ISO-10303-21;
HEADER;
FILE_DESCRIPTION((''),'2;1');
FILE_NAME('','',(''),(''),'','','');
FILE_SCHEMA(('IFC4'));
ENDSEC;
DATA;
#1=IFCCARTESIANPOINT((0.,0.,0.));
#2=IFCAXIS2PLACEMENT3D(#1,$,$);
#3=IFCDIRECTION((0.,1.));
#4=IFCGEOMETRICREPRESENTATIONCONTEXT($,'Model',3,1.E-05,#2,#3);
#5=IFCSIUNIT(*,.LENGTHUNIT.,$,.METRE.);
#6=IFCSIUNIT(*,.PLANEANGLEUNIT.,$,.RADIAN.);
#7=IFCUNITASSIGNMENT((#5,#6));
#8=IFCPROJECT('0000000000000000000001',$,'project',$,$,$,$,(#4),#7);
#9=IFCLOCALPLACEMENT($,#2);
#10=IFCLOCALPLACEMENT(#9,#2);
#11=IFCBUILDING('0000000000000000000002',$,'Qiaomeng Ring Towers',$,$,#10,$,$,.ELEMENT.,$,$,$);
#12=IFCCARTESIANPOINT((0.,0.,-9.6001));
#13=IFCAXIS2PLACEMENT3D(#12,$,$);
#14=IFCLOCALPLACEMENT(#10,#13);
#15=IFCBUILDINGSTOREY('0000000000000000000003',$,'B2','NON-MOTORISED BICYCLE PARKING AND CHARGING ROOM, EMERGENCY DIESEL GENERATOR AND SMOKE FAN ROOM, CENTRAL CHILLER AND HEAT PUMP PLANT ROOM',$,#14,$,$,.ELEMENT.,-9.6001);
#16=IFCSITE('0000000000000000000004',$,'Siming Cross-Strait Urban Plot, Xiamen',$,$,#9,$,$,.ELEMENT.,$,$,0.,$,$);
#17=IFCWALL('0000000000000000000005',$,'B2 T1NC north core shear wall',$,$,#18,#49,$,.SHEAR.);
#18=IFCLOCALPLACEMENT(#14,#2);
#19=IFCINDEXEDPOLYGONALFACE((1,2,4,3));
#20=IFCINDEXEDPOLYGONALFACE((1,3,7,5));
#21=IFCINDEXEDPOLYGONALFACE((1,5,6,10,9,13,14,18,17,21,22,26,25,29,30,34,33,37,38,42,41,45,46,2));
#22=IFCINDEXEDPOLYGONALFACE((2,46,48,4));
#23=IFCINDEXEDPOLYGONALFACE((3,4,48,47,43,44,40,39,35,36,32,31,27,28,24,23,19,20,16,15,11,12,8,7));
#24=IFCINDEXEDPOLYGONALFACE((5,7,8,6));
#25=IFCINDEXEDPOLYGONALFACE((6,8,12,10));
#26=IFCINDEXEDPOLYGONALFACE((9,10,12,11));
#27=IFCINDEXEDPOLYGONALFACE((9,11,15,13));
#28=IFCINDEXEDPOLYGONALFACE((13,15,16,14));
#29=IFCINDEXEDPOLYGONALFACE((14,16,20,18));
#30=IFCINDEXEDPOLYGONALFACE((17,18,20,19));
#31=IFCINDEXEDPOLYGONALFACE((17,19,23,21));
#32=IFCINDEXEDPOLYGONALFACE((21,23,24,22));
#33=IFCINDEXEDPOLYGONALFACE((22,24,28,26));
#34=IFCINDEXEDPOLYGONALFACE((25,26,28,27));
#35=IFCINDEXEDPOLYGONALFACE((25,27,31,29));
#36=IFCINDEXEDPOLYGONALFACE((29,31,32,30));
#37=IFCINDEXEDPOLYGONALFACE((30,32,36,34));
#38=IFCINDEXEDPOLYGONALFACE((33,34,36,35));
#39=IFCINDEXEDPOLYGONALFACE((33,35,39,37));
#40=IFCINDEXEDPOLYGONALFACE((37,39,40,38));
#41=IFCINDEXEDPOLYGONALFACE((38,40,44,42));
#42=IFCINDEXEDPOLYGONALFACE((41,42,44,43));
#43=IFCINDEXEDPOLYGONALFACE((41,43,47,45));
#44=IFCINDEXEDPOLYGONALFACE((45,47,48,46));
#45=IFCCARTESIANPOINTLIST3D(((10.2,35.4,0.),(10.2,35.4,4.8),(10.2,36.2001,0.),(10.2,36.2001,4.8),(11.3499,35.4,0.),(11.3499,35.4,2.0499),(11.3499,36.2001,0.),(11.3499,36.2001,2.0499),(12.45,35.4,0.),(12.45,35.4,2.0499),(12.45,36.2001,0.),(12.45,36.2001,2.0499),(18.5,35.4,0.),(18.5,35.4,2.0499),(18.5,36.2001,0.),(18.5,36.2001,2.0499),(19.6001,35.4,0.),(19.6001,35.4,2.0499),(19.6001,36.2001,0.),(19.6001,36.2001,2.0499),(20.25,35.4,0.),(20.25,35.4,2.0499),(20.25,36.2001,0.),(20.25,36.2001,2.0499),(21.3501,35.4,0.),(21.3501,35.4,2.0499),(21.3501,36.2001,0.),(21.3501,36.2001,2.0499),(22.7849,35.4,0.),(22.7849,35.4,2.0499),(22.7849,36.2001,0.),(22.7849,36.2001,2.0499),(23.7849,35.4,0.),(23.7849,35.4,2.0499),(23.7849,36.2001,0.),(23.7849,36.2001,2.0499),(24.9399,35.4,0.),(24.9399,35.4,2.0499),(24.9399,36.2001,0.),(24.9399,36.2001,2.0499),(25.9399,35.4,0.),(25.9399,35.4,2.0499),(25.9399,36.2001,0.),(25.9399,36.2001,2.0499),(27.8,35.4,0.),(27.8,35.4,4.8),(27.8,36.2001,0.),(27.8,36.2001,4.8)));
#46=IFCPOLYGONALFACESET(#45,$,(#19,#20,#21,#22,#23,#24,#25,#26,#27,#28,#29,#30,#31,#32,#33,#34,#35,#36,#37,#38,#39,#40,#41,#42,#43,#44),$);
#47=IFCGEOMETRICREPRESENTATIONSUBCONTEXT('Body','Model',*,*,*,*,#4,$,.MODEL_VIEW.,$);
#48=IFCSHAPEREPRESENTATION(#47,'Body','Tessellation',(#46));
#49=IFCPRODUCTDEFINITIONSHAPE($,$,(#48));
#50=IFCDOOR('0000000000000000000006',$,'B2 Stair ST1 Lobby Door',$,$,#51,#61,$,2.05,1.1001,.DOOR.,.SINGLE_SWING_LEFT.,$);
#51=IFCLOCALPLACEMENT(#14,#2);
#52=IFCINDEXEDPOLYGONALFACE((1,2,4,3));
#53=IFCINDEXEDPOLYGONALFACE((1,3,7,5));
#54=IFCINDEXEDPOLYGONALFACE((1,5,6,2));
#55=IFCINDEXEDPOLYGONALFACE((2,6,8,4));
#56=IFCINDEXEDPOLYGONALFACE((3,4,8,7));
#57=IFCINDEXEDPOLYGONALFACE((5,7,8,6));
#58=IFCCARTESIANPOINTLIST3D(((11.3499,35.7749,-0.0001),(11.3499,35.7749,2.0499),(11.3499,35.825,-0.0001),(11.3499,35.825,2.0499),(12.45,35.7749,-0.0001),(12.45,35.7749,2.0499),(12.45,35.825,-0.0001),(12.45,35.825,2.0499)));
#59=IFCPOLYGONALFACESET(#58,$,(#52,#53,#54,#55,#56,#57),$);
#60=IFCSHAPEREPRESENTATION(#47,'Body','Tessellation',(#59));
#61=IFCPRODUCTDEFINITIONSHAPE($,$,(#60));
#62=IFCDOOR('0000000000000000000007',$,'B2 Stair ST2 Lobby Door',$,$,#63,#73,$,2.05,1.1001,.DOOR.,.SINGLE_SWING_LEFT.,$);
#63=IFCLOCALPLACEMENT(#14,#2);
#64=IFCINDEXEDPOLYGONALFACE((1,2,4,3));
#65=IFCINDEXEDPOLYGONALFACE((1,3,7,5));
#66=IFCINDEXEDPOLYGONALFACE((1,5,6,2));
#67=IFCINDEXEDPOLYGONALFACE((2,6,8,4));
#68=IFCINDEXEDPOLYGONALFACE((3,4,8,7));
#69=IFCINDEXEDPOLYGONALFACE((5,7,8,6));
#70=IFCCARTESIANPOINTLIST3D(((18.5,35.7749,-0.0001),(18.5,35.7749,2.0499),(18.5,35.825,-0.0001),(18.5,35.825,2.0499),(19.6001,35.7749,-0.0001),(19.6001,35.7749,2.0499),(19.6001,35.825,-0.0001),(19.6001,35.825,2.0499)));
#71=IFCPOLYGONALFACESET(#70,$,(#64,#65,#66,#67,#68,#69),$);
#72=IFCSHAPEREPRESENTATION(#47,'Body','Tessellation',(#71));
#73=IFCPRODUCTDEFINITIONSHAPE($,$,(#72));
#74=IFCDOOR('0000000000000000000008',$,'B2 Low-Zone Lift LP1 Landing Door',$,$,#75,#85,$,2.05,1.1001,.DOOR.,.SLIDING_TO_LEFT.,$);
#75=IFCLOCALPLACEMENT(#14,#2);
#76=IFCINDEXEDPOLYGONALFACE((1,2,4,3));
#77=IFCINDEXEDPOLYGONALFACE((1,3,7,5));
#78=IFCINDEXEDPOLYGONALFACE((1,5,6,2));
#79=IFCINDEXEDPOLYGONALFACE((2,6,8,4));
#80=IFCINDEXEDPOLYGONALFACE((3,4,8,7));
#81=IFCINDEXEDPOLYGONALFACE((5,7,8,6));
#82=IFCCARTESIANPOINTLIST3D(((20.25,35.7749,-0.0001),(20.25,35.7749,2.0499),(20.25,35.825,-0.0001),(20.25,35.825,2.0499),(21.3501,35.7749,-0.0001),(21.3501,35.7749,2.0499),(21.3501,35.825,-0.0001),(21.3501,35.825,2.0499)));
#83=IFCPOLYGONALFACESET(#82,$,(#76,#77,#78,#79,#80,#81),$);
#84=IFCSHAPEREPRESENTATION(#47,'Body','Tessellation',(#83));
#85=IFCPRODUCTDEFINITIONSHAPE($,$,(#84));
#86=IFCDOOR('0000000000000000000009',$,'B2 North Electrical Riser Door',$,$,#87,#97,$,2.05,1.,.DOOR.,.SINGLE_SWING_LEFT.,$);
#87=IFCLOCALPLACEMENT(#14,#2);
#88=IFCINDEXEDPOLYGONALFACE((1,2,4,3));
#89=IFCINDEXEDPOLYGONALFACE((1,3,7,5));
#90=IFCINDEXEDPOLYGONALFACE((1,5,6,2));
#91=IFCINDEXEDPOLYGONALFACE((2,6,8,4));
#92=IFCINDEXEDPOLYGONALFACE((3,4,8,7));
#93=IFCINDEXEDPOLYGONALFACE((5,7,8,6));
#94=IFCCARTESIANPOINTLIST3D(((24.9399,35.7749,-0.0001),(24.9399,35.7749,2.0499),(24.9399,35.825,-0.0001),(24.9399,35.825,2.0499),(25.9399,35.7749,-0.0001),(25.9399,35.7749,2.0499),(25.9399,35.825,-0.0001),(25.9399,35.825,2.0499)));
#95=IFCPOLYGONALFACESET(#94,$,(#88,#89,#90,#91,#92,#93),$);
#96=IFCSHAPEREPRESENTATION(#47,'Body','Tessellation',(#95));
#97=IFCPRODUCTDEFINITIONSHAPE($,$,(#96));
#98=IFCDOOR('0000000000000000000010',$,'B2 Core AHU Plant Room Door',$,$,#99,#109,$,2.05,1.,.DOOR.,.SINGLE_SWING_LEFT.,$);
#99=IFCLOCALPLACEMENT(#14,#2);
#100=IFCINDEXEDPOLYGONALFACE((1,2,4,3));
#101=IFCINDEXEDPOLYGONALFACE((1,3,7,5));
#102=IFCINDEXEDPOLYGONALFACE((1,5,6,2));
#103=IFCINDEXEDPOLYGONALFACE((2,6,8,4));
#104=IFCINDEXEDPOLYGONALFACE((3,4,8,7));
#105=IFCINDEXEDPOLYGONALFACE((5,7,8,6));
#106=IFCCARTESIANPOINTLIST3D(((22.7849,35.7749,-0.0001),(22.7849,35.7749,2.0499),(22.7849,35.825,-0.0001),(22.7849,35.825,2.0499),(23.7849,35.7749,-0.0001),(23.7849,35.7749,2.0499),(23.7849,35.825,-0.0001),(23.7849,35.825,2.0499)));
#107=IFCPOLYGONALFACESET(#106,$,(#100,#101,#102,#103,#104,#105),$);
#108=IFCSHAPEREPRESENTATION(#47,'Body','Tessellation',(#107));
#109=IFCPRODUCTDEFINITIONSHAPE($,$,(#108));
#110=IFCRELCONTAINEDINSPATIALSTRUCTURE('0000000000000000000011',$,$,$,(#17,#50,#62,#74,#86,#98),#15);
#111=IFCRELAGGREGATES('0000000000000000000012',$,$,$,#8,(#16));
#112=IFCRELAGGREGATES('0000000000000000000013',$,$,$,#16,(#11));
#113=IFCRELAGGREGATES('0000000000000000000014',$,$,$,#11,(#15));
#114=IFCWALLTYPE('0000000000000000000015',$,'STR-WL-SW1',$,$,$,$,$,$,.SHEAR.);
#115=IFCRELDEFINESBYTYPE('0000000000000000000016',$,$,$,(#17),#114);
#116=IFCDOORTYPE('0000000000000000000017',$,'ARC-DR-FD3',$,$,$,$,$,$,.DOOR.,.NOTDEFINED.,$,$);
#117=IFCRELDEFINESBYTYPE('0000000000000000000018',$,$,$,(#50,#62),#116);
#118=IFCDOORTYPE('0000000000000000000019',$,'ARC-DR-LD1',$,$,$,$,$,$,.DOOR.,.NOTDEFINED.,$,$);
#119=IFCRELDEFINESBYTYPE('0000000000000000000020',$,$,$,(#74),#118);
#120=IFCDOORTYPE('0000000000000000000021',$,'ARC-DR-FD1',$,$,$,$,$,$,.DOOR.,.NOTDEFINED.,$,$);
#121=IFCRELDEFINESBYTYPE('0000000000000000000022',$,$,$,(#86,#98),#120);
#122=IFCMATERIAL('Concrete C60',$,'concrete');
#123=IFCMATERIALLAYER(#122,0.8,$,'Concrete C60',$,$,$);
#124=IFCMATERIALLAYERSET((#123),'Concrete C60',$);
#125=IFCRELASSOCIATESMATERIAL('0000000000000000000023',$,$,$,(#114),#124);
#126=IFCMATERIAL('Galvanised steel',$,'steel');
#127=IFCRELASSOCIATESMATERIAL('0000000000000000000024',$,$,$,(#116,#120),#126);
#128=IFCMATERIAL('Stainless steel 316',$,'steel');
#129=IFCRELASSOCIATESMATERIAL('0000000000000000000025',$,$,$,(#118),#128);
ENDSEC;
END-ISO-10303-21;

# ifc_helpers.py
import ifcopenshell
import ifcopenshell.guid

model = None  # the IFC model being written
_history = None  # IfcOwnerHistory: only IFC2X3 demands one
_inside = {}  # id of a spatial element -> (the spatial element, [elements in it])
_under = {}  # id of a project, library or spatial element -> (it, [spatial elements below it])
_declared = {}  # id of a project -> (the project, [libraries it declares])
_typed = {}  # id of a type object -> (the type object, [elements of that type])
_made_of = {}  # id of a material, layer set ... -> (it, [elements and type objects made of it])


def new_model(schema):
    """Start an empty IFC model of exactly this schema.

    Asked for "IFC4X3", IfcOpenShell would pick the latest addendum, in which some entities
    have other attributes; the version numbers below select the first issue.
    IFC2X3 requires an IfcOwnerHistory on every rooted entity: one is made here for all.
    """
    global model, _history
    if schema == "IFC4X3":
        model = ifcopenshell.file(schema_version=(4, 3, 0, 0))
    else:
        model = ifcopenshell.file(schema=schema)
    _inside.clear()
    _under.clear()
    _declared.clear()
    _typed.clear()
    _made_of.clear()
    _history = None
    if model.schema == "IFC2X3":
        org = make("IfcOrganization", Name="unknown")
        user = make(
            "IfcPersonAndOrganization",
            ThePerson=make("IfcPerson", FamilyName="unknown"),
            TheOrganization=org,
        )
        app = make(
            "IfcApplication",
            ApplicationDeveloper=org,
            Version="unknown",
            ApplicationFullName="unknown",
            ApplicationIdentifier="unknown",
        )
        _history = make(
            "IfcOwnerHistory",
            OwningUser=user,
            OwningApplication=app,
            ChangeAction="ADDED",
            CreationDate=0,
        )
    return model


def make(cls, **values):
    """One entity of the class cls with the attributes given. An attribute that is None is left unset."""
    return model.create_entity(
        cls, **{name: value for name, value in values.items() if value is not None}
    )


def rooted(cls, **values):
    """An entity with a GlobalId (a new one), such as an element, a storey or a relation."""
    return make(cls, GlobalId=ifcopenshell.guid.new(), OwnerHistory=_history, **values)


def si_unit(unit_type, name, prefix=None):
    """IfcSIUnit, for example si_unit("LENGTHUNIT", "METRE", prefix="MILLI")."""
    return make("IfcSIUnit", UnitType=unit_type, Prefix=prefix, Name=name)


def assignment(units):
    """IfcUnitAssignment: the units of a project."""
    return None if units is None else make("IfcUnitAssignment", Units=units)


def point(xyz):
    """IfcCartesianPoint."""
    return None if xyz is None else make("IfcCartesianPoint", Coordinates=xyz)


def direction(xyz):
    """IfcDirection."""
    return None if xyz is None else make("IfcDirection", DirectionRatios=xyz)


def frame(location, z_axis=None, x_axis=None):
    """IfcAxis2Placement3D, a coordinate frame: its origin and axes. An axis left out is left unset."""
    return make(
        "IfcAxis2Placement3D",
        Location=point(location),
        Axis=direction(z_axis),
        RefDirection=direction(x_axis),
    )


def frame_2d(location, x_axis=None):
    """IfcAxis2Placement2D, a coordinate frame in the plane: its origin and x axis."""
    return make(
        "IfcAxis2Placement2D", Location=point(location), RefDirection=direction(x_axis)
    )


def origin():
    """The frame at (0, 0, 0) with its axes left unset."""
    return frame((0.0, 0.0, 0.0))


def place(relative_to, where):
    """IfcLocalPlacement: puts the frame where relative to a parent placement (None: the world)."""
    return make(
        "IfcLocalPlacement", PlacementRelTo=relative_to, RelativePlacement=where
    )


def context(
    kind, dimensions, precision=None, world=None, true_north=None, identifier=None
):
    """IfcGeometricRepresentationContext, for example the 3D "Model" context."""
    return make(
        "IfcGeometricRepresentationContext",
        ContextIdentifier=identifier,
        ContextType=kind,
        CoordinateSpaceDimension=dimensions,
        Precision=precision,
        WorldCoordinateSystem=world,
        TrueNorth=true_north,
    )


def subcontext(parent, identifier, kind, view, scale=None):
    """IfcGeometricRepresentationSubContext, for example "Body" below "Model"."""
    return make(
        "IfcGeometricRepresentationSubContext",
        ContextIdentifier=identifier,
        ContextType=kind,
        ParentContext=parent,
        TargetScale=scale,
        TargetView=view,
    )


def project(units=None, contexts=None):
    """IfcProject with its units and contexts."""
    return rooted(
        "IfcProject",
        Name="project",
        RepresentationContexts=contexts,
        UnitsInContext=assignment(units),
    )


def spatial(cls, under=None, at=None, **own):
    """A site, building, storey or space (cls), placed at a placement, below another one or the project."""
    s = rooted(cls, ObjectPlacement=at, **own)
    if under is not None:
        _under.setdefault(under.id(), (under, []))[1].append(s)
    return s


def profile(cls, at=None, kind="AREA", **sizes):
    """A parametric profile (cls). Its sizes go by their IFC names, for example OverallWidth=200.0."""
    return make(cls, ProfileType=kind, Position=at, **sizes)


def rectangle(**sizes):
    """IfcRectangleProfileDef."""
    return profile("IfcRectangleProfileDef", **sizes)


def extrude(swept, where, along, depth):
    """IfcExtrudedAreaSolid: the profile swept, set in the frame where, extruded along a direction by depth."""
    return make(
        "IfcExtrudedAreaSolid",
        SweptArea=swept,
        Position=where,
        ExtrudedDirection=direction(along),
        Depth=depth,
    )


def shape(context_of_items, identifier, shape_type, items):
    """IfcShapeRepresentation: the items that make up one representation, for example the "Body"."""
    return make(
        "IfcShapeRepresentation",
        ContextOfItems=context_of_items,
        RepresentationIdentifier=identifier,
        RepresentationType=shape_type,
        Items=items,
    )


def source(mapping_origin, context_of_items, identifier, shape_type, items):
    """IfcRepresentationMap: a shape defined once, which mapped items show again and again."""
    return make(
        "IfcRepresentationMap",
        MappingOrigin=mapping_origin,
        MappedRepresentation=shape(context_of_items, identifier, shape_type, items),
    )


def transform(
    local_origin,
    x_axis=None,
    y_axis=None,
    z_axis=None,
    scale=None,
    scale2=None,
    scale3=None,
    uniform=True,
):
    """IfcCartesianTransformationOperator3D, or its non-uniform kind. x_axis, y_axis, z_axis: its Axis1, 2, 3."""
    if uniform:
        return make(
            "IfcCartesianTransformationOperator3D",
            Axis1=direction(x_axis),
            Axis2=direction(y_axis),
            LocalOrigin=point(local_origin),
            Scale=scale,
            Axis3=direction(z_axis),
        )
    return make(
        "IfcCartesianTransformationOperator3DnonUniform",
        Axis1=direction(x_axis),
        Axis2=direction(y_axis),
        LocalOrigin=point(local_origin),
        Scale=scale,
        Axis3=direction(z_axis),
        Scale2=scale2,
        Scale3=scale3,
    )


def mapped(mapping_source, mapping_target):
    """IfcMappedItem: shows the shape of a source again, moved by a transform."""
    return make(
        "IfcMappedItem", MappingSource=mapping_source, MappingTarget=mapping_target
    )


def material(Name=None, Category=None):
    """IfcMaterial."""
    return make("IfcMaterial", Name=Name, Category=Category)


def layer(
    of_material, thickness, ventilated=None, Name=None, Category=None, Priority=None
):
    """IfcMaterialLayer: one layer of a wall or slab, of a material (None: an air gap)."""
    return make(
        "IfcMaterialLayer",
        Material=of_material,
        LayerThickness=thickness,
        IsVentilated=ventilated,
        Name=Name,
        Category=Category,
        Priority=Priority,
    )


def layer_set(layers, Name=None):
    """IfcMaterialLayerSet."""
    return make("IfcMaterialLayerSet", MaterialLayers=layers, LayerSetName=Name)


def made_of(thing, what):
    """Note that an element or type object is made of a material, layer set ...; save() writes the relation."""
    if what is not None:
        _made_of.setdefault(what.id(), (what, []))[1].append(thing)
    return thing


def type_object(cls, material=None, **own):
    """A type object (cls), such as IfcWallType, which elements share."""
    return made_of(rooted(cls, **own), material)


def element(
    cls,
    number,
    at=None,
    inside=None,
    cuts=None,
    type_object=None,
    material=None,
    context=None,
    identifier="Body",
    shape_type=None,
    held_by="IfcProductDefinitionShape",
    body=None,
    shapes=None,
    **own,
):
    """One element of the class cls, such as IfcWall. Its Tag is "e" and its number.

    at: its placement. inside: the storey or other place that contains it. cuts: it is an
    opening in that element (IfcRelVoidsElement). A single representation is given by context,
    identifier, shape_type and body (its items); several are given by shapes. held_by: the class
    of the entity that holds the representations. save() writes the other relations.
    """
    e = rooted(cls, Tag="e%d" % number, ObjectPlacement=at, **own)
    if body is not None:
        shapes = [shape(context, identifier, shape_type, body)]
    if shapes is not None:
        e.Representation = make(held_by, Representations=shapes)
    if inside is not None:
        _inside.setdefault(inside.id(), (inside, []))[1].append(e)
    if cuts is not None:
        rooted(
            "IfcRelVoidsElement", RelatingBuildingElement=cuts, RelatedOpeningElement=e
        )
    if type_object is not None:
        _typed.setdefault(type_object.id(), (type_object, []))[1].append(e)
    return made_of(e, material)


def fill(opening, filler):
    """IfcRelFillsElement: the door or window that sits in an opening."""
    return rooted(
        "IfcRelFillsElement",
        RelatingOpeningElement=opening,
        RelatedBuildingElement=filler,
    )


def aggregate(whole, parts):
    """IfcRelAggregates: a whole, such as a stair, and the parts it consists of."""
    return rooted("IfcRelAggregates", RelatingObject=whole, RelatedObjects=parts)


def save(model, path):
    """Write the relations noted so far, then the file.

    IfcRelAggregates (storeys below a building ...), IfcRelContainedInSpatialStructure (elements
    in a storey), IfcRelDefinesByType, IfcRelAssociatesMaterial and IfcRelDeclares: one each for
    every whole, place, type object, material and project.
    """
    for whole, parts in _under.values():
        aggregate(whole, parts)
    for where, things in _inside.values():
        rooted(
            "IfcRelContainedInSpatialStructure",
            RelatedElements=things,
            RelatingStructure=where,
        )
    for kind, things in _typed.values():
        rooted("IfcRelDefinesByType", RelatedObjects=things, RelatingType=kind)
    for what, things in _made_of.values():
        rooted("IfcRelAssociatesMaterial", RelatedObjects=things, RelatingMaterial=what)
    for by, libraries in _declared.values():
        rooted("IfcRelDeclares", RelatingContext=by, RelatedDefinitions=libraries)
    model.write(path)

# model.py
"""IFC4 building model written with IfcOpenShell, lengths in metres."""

from ifc_helpers import new_model, si_unit, direction, frame, frame_2d, origin, place, context, subcontext, project, spatial, rectangle, extrude, source, transform, mapped, material, layer, layer_set, type_object, element, fill, save


model = new_model("IFC4")

# Units and contexts
model_context = context("Model", 3, precision=1e-05, world=origin(), true_north=direction((0.0, 1.0)))
body_context = subcontext(model_context, "Body", "Model", "MODEL_VIEW")
ifc_project = project(units=[si_unit("LENGTHUNIT", "METRE"), si_unit("PLANEANGLEUNIT", "RADIAN")], contexts=[model_context])

# Site, building, storey
site_placement = place(None, origin())
site = spatial("IfcSite", under=ifc_project, at=site_placement, Name="Siming Cross-Strait Urban Plot, Xiamen", CompositionType="ELEMENT", RefElevation=0.0)
building_placement = place(site_placement, origin())
building = spatial("IfcBuilding", under=site, at=building_placement, Name="Qiaomeng Ring Towers", CompositionType="ELEMENT")
storey_placement = place(building_placement, frame((0.0, 0.0, -9.6001)))
storey = spatial("IfcBuildingStorey", under=building, at=storey_placement, Name="B2", Description="NON-MOTORISED BICYCLE PARKING AND CHARGING ROOM, EMERGENCY DIESEL GENERATOR AND SMOKE FAN ROOM, CENTRAL CHILLER AND HEAT PUMP PLANT ROOM", CompositionType="ELEMENT", Elevation=-9.6001)

# Shared definitions
ifc_material_1 = material(Name="Concrete C60", Category="concrete")

# Shared definitions
ifc_material_2 = material(Name="Galvanised steel", Category="steel")

# Wall, openings, doors
ifc_layer_1 = layer(ifc_material_1, 0.8, Name="Concrete C60")
ifc_layer_set_1 = layer_set([ifc_layer_1], Name="Concrete C60")
wall_type_1 = type_object("IfcWallType", Name="STR-WL-SW1", PredefinedType="SHEAR", material=ifc_layer_set_1)
wall_1_placement = place(storey_placement, frame((10.2, 35.8, 0.0), z_axis=(0.0, 0.0, 1.0), x_axis=(1.0, 0.0, 0.0)))
wall_1 = element("IfcWall", 1, at=wall_1_placement, inside=storey, type_object=wall_type_1, Name="B2 T1NC north core shear wall", PredefinedType="SHEAR", context=body_context, shape_type="SweptSolid", body=[
    extrude(rectangle(XDim=17.6001, YDim=0.8, at=frame_2d((8.8, 0.0))), origin(), (0.0, 0.0, 1.0), 4.8),
])
opening_1_placement = place(wall_1_placement, frame((1.1499, 0.0, 0.0)))
opening_1 = element("IfcOpeningElement", 2, at=opening_1_placement, cuts=wall_1, PredefinedType="OPENING", context=body_context, shape_type="SweptSolid", body=[
    extrude(rectangle(XDim=1.1001, YDim=2.05, at=frame_2d((0.55, 1.0249))), frame((0.0, 0.4099, 0.0), z_axis=(0.0, -1.0, 0.0), x_axis=(1.0, 0.0, 0.0)), (0.0, 0.0, 1.0), 0.8201),
])
opening_2_placement = place(wall_1_placement, frame((8.3, 0.0, 0.0)))
opening_2 = element("IfcOpeningElement", 3, at=opening_2_placement, cuts=wall_1, PredefinedType="OPENING", context=body_context, shape_type="SweptSolid", body=[
    extrude(rectangle(XDim=1.1001, YDim=2.05, at=frame_2d((0.55, 1.0249))), frame((0.0, 0.4099, 0.0), z_axis=(0.0, -1.0, 0.0), x_axis=(1.0, 0.0, 0.0)), (0.0, 0.0, 1.0), 0.8201),
])
opening_3_placement = place(wall_1_placement, frame((10.05, 0.0, 0.0)))
opening_3 = element("IfcOpeningElement", 4, at=opening_3_placement, cuts=wall_1, PredefinedType="OPENING", context=body_context, shape_type="SweptSolid", body=[
    extrude(rectangle(XDim=1.1001, YDim=2.05, at=frame_2d((0.55, 1.0249))), frame((0.0, 0.4099, 0.0), z_axis=(0.0, -1.0, 0.0), x_axis=(1.0, 0.0, 0.0)), (0.0, 0.0, 1.0), 0.8201),
])
opening_4_placement = place(wall_1_placement, frame((14.74, 0.0, 0.0)))
opening_4 = element("IfcOpeningElement", 5, at=opening_4_placement, cuts=wall_1, PredefinedType="OPENING", context=body_context, shape_type="SweptSolid", body=[
    extrude(rectangle(XDim=1.0, YDim=2.05, at=frame_2d((0.5, 1.0249))), frame((0.0, 0.4099, 0.0), z_axis=(0.0, -1.0, 0.0), x_axis=(1.0, 0.0, 0.0)), (0.0, 0.0, 1.0), 0.8201),
])
opening_5_placement = place(wall_1_placement, frame((12.585, 0.0, 0.0)))
opening_5 = element("IfcOpeningElement", 6, at=opening_5_placement, cuts=wall_1, PredefinedType="OPENING", context=body_context, shape_type="SweptSolid", body=[
    extrude(rectangle(XDim=1.0, YDim=2.05, at=frame_2d((0.5, 1.0249))), frame((0.0, 0.4099, 0.0), z_axis=(0.0, -1.0, 0.0), x_axis=(1.0, 0.0, 0.0)), (0.0, 0.0, 1.0), 0.8201),
])
door_type_1 = type_object("IfcDoorType", Name="ARC-DR-FD3", OperationType="NOTDEFINED", PredefinedType="DOOR", material=ifc_material_2)
shared_shape_1 = source(origin(), body_context, "Body", "SweptSolid", [
    extrude(rectangle(XDim=1.1001, YDim=2.05, at=frame_2d((0.55, 1.0249))), frame((0.0, 0.0249, 0.0), z_axis=(0.0, -1.0, 0.0), x_axis=(1.0, 0.0, 0.0)), (0.0, 0.0, 1.0), 0.05),
])
door_1_placement = place(opening_1_placement, origin())
door_1 = element("IfcDoor", 7, at=door_1_placement, inside=storey, type_object=door_type_1, Name="B2 Stair ST1 Lobby Door", OperationType="SINGLE_SWING_LEFT", OverallHeight=2.05, OverallWidth=1.1001, PredefinedType="DOOR", context=body_context, shape_type="MappedRepresentation", body=[
    mapped(shared_shape_1, transform((0.0, 0.0, 0.0), x_axis=(1.0, 0.0, 0.0), y_axis=(0.0, 1.0, 0.0), z_axis=(0.0, 0.0, 1.0), scale=1.0)),
])
fill(opening_1, door_1)
door_2_placement = place(opening_2_placement, origin())
door_2 = element("IfcDoor", 8, at=door_2_placement, inside=storey, type_object=door_type_1, Name="B2 Stair ST2 Lobby Door", OperationType="SINGLE_SWING_LEFT", OverallHeight=2.05, OverallWidth=1.1001, PredefinedType="DOOR", context=body_context, shape_type="MappedRepresentation", body=[
    mapped(shared_shape_1, transform((0.0, 0.0, 0.0), x_axis=(1.0, 0.0, 0.0), y_axis=(0.0, 1.0, 0.0), z_axis=(0.0, 0.0, 1.0), scale=1.0)),
])
fill(opening_2, door_2)
ifc_material_3 = material(Name="Stainless steel 316", Category="steel")
door_type_2 = type_object("IfcDoorType", Name="ARC-DR-LD1", OperationType="NOTDEFINED", PredefinedType="DOOR", material=ifc_material_3)
door_3_placement = place(opening_3_placement, origin())
door_3 = element("IfcDoor", 9, at=door_3_placement, inside=storey, type_object=door_type_2, Name="B2 Low-Zone Lift LP1 Landing Door", OperationType="SLIDING_TO_LEFT", OverallHeight=2.05, OverallWidth=1.1001, PredefinedType="DOOR", context=body_context, shape_type="MappedRepresentation", body=[
    mapped(shared_shape_1, transform((0.0, 0.0, 0.0), x_axis=(1.0, 0.0, 0.0), y_axis=(0.0, 1.0, 0.0), z_axis=(0.0, 0.0, 1.0), scale=1.0)),
])
fill(opening_3, door_3)
door_type_3 = type_object("IfcDoorType", Name="ARC-DR-FD1", OperationType="NOTDEFINED", PredefinedType="DOOR", material=ifc_material_2)
shared_shape_2 = source(origin(), body_context, "Body", "SweptSolid", [
    extrude(rectangle(XDim=1.0, YDim=2.05, at=frame_2d((0.5, 1.0249))), frame((0.0, 0.0249, 0.0), z_axis=(0.0, -1.0, 0.0), x_axis=(1.0, 0.0, 0.0)), (0.0, 0.0, 1.0), 0.05),
])
door_4_placement = place(opening_4_placement, origin())
door_4 = element("IfcDoor", 10, at=door_4_placement, inside=storey, type_object=door_type_3, Name="B2 North Electrical Riser Door", OperationType="SINGLE_SWING_LEFT", OverallHeight=2.05, OverallWidth=1.0, PredefinedType="DOOR", context=body_context, shape_type="MappedRepresentation", body=[
    mapped(shared_shape_2, transform((0.0, 0.0, 0.0), x_axis=(1.0, 0.0, 0.0), y_axis=(0.0, 1.0, 0.0), z_axis=(0.0, 0.0, 1.0), scale=1.0)),
])
fill(opening_4, door_4)
door_5_placement = place(opening_5_placement, origin())
door_5 = element("IfcDoor", 11, at=door_5_placement, inside=storey, type_object=door_type_3, Name="B2 Core AHU Plant Room Door", OperationType="SINGLE_SWING_LEFT", OverallHeight=2.05, OverallWidth=1.0, PredefinedType="DOOR", context=body_context, shape_type="MappedRepresentation", body=[
    mapped(shared_shape_2, transform((0.0, 0.0, 0.0), x_axis=(1.0, 0.0, 0.0), y_axis=(0.0, 1.0, 0.0), z_axis=(0.0, 0.0, 1.0), scale=1.0)),
])
fill(opening_5, door_5)

save(model, "model.ifc")
